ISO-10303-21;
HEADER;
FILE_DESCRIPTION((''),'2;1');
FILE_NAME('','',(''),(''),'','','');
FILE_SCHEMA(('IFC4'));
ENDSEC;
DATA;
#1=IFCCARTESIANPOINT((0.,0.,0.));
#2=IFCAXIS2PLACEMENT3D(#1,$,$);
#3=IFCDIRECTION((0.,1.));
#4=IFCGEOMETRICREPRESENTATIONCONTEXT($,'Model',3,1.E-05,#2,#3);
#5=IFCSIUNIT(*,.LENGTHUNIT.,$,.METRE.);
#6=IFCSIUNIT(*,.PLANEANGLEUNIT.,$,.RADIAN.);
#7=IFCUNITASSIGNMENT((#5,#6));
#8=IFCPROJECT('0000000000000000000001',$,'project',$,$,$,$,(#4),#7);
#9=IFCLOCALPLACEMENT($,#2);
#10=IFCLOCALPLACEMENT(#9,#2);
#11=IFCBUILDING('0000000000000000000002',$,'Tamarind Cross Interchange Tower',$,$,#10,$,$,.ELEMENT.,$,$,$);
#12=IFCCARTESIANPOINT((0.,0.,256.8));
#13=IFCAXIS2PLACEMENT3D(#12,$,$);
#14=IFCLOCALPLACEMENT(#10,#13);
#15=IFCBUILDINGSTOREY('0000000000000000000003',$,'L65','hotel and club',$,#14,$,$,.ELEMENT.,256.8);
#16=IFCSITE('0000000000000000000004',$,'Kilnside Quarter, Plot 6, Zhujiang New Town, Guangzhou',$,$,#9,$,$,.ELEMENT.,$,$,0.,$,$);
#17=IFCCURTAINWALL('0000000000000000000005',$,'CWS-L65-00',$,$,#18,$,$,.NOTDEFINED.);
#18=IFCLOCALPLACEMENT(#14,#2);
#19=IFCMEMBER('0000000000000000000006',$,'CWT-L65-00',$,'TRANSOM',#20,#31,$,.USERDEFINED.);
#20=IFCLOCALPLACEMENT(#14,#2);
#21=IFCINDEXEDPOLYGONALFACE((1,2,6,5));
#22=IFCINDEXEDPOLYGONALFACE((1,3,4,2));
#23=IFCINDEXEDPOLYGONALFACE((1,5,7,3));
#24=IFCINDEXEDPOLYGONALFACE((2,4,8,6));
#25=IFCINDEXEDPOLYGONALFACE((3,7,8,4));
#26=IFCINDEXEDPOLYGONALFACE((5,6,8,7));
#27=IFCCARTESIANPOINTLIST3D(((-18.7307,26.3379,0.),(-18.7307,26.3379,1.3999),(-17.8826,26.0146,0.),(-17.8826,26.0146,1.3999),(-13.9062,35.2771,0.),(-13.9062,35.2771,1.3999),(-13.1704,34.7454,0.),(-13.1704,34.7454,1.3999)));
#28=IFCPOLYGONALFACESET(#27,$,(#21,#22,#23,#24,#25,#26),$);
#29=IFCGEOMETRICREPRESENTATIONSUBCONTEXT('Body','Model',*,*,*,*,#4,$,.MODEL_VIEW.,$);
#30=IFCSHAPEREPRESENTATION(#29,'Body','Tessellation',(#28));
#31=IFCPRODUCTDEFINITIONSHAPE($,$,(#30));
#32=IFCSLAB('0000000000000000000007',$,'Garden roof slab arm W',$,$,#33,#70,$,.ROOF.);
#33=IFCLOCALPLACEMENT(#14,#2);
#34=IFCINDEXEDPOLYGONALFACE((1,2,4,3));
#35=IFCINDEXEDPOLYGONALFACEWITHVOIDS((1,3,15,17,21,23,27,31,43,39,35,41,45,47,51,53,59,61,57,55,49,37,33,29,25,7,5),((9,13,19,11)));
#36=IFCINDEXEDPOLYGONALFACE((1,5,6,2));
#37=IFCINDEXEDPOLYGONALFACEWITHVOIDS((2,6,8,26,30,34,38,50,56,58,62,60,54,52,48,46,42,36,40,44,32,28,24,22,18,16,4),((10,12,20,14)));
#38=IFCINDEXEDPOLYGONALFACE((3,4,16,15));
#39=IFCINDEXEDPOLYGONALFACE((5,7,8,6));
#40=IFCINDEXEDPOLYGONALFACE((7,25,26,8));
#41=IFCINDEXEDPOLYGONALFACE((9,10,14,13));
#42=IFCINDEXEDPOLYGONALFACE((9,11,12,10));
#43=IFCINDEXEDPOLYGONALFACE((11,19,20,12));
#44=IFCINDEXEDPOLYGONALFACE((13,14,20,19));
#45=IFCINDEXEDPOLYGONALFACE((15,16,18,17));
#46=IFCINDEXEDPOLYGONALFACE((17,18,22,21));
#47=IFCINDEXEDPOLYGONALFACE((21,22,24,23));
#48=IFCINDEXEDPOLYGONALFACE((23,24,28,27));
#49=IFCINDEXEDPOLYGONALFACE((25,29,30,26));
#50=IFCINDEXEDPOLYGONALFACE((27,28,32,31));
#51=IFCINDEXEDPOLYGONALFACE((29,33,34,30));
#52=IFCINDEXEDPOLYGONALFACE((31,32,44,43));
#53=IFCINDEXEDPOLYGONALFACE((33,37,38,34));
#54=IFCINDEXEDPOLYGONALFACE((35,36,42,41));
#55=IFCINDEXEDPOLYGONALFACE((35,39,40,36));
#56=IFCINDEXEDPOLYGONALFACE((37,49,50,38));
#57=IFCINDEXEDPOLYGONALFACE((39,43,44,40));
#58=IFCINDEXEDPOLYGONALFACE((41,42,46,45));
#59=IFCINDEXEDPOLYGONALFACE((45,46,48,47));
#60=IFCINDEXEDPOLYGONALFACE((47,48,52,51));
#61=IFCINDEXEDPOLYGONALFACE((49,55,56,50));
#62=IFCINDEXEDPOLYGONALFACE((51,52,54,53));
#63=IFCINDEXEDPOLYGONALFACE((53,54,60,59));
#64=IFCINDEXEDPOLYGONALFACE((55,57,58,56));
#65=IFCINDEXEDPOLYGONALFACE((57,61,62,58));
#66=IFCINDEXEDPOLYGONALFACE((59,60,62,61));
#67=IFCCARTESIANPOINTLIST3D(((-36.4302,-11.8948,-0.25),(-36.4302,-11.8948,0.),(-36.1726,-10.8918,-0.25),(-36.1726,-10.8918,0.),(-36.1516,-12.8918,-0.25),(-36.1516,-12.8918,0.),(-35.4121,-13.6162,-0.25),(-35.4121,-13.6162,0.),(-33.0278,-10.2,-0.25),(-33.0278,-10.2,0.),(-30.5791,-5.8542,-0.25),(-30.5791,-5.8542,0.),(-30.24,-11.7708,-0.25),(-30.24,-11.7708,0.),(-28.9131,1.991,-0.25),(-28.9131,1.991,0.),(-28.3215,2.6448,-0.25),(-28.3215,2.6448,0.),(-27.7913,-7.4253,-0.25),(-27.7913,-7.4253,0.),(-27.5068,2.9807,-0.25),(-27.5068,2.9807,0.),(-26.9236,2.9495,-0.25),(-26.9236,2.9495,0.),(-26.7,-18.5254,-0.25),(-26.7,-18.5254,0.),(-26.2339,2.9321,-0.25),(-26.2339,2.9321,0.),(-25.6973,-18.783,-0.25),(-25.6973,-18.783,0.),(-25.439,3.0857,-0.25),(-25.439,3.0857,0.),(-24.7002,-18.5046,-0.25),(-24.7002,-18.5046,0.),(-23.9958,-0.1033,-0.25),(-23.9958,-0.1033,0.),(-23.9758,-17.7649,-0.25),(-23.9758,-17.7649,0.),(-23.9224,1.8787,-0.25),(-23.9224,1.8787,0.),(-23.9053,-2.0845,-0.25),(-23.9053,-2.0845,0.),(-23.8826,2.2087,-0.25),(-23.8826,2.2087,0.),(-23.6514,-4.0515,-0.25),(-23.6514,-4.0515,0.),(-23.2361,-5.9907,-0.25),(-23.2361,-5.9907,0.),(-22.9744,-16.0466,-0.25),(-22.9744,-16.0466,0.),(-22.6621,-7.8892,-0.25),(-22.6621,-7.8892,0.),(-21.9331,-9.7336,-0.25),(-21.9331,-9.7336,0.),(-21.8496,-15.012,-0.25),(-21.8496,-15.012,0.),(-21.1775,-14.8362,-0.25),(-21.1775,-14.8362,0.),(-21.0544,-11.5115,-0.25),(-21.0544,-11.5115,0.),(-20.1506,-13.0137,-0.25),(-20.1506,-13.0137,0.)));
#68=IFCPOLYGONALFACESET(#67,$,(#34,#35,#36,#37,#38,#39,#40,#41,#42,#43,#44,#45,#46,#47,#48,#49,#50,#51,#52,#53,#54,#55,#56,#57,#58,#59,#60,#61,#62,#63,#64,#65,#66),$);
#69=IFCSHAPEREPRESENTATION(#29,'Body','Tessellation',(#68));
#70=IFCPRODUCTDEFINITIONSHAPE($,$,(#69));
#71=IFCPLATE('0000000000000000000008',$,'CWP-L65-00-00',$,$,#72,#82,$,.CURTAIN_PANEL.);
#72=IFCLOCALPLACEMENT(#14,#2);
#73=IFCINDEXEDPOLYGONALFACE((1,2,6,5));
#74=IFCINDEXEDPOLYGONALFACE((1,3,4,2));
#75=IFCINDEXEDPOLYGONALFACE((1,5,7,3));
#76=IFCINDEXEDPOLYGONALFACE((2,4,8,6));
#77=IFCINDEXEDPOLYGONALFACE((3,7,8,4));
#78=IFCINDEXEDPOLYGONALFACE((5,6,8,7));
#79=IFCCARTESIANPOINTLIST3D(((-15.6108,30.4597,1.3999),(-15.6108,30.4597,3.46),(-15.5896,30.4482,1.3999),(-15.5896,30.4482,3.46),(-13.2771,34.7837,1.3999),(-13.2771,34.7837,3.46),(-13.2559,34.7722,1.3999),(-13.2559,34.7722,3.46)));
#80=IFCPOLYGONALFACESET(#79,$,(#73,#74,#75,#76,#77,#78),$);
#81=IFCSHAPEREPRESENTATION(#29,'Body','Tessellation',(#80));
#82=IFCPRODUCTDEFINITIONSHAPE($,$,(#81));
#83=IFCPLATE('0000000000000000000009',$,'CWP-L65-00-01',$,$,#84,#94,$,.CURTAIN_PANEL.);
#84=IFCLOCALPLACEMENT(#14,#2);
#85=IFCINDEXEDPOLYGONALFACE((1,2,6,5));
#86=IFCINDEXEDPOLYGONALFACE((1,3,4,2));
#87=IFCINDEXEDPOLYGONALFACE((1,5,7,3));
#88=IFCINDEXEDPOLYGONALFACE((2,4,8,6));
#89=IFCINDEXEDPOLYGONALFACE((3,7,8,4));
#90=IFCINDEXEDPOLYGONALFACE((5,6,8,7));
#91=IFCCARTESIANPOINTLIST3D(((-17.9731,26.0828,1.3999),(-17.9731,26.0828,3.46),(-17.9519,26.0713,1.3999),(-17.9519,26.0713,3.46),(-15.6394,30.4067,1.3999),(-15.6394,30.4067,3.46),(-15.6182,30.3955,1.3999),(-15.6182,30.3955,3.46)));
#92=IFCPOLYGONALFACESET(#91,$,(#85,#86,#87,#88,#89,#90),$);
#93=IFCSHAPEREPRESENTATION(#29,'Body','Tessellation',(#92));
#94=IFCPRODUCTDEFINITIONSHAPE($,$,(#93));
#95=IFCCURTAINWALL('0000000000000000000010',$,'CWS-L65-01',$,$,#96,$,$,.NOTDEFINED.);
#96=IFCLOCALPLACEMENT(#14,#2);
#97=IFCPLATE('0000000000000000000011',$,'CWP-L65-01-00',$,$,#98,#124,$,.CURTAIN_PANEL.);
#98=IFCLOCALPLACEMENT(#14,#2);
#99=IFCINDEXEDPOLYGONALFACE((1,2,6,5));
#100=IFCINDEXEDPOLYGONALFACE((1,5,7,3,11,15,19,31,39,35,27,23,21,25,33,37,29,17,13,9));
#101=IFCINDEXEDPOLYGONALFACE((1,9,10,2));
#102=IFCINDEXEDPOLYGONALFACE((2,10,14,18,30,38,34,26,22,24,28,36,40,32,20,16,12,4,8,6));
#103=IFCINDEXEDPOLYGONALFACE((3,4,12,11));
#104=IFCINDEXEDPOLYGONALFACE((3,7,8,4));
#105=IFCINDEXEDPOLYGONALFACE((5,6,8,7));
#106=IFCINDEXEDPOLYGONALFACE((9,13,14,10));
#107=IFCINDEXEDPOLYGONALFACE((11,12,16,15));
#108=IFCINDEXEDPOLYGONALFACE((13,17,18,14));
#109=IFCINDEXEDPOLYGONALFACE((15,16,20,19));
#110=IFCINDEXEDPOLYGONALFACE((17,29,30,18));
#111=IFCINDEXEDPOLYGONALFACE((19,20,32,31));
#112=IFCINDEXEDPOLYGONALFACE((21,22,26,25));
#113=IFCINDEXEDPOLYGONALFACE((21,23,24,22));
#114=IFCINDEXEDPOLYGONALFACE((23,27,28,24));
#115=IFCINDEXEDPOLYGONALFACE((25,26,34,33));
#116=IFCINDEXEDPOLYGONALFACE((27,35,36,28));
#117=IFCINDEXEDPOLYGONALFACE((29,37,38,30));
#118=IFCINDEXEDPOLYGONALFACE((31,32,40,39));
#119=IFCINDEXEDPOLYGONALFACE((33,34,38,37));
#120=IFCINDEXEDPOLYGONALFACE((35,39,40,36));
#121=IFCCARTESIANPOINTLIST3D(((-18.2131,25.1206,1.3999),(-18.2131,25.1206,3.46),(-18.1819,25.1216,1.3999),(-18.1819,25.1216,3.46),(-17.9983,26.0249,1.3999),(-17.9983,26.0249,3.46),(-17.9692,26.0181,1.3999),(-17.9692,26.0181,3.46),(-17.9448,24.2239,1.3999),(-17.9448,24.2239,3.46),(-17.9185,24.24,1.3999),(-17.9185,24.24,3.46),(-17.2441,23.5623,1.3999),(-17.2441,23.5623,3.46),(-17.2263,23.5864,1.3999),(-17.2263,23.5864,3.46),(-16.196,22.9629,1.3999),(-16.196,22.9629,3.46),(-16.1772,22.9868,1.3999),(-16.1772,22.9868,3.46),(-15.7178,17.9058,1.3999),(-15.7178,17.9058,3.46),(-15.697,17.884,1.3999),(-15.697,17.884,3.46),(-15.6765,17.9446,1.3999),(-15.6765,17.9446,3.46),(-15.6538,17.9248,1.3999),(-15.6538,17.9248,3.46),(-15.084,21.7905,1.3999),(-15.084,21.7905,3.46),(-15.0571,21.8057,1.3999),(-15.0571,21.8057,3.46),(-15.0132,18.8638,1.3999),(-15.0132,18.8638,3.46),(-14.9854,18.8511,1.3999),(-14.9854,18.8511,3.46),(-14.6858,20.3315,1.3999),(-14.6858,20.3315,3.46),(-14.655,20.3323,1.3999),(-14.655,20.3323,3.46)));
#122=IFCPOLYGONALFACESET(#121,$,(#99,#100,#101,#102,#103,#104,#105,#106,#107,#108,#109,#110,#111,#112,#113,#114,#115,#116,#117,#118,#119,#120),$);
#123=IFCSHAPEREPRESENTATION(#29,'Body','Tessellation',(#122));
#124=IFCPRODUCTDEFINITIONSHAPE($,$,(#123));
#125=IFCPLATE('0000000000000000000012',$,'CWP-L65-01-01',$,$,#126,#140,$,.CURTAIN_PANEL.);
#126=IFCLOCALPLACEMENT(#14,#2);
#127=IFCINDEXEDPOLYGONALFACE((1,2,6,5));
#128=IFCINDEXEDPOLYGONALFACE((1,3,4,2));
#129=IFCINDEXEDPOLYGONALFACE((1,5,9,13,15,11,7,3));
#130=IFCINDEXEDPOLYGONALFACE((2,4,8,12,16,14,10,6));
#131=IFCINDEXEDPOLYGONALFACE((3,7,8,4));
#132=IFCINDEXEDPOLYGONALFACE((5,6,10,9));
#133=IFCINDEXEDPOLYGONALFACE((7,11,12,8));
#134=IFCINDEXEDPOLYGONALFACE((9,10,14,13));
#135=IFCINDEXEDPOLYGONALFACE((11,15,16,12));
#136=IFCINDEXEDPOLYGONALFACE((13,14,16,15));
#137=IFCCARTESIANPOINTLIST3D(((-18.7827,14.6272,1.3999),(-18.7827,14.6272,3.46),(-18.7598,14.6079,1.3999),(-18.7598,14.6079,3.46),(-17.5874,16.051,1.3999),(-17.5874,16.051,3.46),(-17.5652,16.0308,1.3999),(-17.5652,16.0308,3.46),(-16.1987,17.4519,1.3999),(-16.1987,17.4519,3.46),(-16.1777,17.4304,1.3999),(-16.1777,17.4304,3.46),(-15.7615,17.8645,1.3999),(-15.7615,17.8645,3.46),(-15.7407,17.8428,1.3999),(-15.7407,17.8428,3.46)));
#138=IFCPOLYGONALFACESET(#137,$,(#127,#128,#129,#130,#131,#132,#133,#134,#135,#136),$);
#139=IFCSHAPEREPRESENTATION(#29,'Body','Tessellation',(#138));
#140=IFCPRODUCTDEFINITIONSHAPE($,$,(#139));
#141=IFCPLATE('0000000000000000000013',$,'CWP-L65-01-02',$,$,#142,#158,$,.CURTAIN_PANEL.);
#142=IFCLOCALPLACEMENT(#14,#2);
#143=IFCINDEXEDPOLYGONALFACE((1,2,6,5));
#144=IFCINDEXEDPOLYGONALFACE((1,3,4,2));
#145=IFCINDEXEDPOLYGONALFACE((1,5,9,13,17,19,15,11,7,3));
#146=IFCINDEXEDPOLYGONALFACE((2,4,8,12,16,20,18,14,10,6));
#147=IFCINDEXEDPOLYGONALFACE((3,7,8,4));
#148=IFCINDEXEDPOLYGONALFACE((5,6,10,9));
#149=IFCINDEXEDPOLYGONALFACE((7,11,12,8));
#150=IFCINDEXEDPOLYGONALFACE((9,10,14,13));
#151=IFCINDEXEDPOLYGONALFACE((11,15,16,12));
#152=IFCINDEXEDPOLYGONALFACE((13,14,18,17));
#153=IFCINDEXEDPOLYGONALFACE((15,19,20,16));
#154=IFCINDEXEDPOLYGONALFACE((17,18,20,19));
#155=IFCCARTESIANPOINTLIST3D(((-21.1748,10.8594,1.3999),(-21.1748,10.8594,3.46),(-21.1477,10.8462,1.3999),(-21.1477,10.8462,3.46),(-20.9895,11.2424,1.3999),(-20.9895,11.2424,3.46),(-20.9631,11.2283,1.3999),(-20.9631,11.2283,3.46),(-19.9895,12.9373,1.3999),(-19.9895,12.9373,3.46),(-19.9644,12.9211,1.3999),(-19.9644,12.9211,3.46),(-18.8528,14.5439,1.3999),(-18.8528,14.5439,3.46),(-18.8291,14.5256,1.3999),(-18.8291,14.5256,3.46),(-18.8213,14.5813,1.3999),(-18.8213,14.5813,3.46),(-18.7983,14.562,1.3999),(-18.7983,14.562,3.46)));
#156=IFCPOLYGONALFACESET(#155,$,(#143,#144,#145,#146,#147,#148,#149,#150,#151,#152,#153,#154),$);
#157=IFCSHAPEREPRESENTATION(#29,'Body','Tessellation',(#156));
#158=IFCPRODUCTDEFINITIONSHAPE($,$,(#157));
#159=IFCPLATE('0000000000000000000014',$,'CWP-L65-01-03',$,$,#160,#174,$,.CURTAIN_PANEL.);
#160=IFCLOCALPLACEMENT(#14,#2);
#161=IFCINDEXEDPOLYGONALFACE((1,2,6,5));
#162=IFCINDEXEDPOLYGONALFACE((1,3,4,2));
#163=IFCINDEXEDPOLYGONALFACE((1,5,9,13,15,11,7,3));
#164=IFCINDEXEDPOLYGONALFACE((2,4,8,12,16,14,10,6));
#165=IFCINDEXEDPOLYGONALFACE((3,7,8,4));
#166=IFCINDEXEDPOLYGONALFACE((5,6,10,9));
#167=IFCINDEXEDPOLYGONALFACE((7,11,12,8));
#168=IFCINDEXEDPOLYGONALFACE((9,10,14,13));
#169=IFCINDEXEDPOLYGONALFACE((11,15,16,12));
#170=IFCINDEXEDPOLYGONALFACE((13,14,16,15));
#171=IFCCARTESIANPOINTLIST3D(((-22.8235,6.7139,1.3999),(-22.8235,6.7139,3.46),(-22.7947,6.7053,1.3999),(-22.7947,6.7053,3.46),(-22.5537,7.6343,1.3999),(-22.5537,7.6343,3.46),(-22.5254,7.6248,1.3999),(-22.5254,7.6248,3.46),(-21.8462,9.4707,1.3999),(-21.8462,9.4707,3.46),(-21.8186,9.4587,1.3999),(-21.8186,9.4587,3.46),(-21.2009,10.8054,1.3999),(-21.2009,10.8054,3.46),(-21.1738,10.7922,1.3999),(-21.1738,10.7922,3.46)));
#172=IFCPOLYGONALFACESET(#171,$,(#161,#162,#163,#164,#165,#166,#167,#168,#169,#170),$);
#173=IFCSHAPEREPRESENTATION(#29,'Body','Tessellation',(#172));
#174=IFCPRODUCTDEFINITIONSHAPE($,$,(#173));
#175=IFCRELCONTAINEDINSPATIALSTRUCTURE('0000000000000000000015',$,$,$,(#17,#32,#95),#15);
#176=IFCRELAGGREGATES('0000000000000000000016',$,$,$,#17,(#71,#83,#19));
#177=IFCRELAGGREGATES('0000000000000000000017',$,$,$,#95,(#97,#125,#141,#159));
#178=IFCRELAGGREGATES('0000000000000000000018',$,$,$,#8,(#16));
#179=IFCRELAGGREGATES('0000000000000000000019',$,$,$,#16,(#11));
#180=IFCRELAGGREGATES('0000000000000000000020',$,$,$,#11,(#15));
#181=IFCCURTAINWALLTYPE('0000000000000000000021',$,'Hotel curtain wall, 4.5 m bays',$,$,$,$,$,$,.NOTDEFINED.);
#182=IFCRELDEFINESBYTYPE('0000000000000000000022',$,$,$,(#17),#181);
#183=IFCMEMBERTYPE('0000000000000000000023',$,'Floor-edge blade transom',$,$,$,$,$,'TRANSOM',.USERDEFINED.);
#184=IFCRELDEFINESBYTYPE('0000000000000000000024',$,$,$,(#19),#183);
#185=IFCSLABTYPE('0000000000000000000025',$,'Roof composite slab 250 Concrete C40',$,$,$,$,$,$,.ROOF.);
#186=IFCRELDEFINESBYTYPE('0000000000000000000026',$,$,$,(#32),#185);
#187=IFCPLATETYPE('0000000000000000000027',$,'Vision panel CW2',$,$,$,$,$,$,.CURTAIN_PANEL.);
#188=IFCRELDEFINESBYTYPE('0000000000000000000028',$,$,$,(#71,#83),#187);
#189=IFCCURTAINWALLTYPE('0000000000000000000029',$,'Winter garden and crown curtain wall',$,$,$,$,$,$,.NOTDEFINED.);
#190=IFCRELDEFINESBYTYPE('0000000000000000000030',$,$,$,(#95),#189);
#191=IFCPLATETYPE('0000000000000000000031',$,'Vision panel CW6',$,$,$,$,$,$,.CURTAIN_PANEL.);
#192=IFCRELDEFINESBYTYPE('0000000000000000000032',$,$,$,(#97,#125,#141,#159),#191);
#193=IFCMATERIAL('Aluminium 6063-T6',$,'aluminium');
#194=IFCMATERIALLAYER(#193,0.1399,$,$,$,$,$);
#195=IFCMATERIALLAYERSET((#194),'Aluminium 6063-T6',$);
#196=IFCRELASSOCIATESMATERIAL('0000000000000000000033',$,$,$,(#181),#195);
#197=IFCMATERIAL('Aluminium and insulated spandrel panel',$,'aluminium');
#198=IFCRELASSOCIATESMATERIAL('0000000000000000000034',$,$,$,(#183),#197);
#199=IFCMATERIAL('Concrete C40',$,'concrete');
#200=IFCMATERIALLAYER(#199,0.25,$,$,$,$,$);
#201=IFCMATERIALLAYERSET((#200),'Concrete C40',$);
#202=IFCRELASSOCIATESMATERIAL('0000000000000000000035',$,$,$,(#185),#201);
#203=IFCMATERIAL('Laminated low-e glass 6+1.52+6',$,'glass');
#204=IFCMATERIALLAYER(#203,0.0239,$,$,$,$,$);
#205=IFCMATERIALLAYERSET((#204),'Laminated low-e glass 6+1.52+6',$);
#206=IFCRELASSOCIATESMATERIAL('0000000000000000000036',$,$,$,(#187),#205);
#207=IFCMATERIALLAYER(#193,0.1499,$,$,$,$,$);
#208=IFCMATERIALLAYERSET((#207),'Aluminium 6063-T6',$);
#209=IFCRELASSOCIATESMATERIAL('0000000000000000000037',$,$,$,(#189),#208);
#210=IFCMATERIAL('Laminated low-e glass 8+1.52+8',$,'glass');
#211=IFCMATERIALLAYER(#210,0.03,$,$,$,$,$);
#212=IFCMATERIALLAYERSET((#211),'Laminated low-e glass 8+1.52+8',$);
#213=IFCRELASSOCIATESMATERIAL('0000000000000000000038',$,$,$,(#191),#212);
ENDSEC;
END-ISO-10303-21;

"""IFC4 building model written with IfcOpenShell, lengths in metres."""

from ifc_helpers import new_model, si_unit, direction, frame, origin, place, context, subcontext, project, spatial, polyline, outline, extrude, material, layer, layer_set, type_object, element, aggregate, save


model = new_model("IFC4")

# Units and contexts
model_context = context("Model", 3, precision=1e-05, world=origin(), true_north=direction((0.0, 1.0)))
body_context = subcontext(model_context, "Body", "Model", "MODEL_VIEW")
ifc_project = project(units=[si_unit("LENGTHUNIT", "METRE"), si_unit("PLANEANGLEUNIT", "RADIAN")], contexts=[model_context])

# Site, building, storey
site_placement = place(None, origin())
site = spatial("IfcSite", under=ifc_project, at=site_placement, Name="Kilnside Quarter, Plot 6, Zhujiang New Town, Guangzhou", CompositionType="ELEMENT", RefElevation=0.0)
building_placement = place(site_placement, origin())
building = spatial("IfcBuilding", under=site, at=building_placement, Name="Tamarind Cross Interchange Tower", CompositionType="ELEMENT")
storey_placement = place(building_placement, frame((0.0, 0.0, 256.8)))
storey = spatial("IfcBuildingStorey", under=building, at=storey_placement, Name="L65", Description="hotel and club", CompositionType="ELEMENT", Elevation=256.8)

# Curtain wall, member
ifc_material_1 = material(Name="Aluminium 6063-T6", Category="aluminium")
ifc_layer_1 = layer(ifc_material_1, 0.1399)
ifc_layer_set_1 = layer_set([ifc_layer_1], Name="Aluminium 6063-T6")
curtain_wall_type_1 = type_object("IfcCurtainWallType", Name="Hotel curtain wall, 4.5 m bays", PredefinedType="NOTDEFINED", material=ifc_layer_set_1)
curtain_wall_1_placement = place(storey_placement, origin())
curtain_wall_1 = element("IfcCurtainWall", 1, at=curtain_wall_1_placement, inside=storey, type_object=curtain_wall_type_1, Name="CWS-L65-00", PredefinedType="NOTDEFINED")
ifc_material_2 = material(Name="Aluminium and insulated spandrel panel", Category="aluminium")
member_type = type_object("IfcMemberType", Name="Floor-edge blade transom", ElementType="TRANSOM", PredefinedType="USERDEFINED", material=ifc_material_2)
member_placement = place(storey_placement, origin())
member = element("IfcMember", 2, at=member_placement, type_object=member_type, Name="CWT-L65-00", ObjectType="TRANSOM", PredefinedType="USERDEFINED", context=body_context, shape_type="SweptSolid", body=[
    extrude(outline(polyline([(-13.1704, 34.7454), (-17.8826, 26.0146), (-18.7307, 26.3379), (-13.9062, 35.2771), (-13.1704, 34.7454)])), origin(), (0.0, 0.0, 1.0), 1.3999),
])

# Slab
ifc_material_3 = material(Name="Concrete C40", Category="concrete")
ifc_layer_2 = layer(ifc_material_3, 0.25)
ifc_layer_set_2 = layer_set([ifc_layer_2], Name="Concrete C40")
slab_type = type_object("IfcSlabType", Name="Roof composite slab 250 Concrete C40", PredefinedType="ROOF", material=ifc_layer_set_2)
slab_placement = place(storey_placement, frame((0.0, 0.0, -0.25)))
element("IfcSlab", 3, at=slab_placement, inside=storey, type_object=slab_type, Name="Garden roof slab arm W", PredefinedType="ROOF", context=body_context, shape_type="SweptSolid", body=[
    extrude(outline(polyline([(-23.9224, 1.8787), (-23.8826, 2.2087), (-25.439, 3.0857), (-26.2339, 2.9321), (-26.9236, 2.9495), (-27.5068, 2.9807), (-28.3215, 2.6448), (-28.9131, 1.991), (-36.1726, -10.8918), (-36.4302, -11.8948), (-36.1516, -12.8918), (-35.4121, -13.6162), (-26.7, -18.5254), (-25.6973, -18.783), (-24.7002, -18.5046), (-23.9758, -17.7649), (-22.9744, -16.0466), (-21.8496, -15.012), (-21.1775, -14.8362), (-20.1506, -13.0137), (-21.0544, -11.5115), (-21.9331, -9.7336), (-22.6621, -7.8892), (-23.2361, -5.9907), (-23.6514, -4.0515), (-23.9053, -2.0845), (-23.9958, -0.1033), (-23.9224, 1.8787)]), holes=[polyline([(-33.0278, -10.2), (-30.5791, -5.8542), (-27.7913, -7.4253), (-30.24, -11.7708), (-33.0278, -10.2)])]), origin(), (0.0, 0.0, 1.0), 0.25),
])

# Plates
ifc_material_4 = material(Name="Laminated low-e glass 6+1.52+6", Category="glass")
ifc_layer_3 = layer(ifc_material_4, 0.0239)
ifc_layer_set_3 = layer_set([ifc_layer_3], Name="Laminated low-e glass 6+1.52+6")
plate_type_1 = type_object("IfcPlateType", Name="Vision panel CW2", PredefinedType="CURTAIN_PANEL", material=ifc_layer_set_3)
plate_1_placement = place(storey_placement, frame((0.0, 0.0, 1.3999)))
plate_1 = element("IfcPlate", 4, at=plate_1_placement, type_object=plate_type_1, Name="CWP-L65-00-00", PredefinedType="CURTAIN_PANEL", context=body_context, shape_type="SweptSolid", body=[
    extrude(outline(polyline([(-13.2559, 34.7722), (-15.5896, 30.4482), (-15.6108, 30.4597), (-13.2771, 34.7837), (-13.2559, 34.7722)])), origin(), (0.0, 0.0, 1.0), 2.0601),
])
plate_2_placement = place(storey_placement, frame((0.0, 0.0, 1.3999)))
plate_2 = element("IfcPlate", 5, at=plate_2_placement, type_object=plate_type_1, Name="CWP-L65-00-01", PredefinedType="CURTAIN_PANEL", context=body_context, shape_type="SweptSolid", body=[
    extrude(outline(polyline([(-15.6182, 30.3955), (-17.9519, 26.0713), (-17.9731, 26.0828), (-15.6394, 30.4067), (-15.6182, 30.3955)])), origin(), (0.0, 0.0, 1.0), 2.0601),
])
aggregate(curtain_wall_1, [plate_1, plate_2, member])

# Curtain wall, plates
ifc_layer_4 = layer(ifc_material_1, 0.1499)
ifc_layer_set_4 = layer_set([ifc_layer_4], Name="Aluminium 6063-T6")
curtain_wall_type_2 = type_object("IfcCurtainWallType", Name="Winter garden and crown curtain wall", PredefinedType="NOTDEFINED", material=ifc_layer_set_4)
curtain_wall_2_placement = place(storey_placement, origin())
curtain_wall_2 = element("IfcCurtainWall", 6, at=curtain_wall_2_placement, inside=storey, type_object=curtain_wall_type_2, Name="CWS-L65-01", PredefinedType="NOTDEFINED")
ifc_material_5 = material(Name="Laminated low-e glass 8+1.52+8", Category="glass")
ifc_layer_5 = layer(ifc_material_5, 0.03)
ifc_layer_set_5 = layer_set([ifc_layer_5], Name="Laminated low-e glass 8+1.52+8")
plate_type_2 = type_object("IfcPlateType", Name="Vision panel CW6", PredefinedType="CURTAIN_PANEL", material=ifc_layer_set_5)
plate_3_placement = place(storey_placement, frame((0.0, 0.0, 1.3999)))
plate_3 = element("IfcPlate", 7, at=plate_3_placement, type_object=plate_type_2, Name="CWP-L65-01-00", PredefinedType="CURTAIN_PANEL", context=body_context, shape_type="SweptSolid", body=[
    extrude(outline(polyline([(-17.9692, 26.0181), (-18.1819, 25.1216), (-17.9185, 24.24), (-17.2263, 23.5864), (-16.1772, 22.9868), (-15.0571, 21.8057), (-14.655, 20.3323), (-14.9854, 18.8511), (-15.6538, 17.9248), (-15.697, 17.884), (-15.7178, 17.9058), (-15.6765, 17.9446), (-15.0132, 18.8638), (-14.6858, 20.3315), (-15.084, 21.7905), (-16.196, 22.9629), (-17.2441, 23.5623), (-17.9448, 24.2239), (-18.2131, 25.1206), (-17.9983, 26.0249), (-17.9692, 26.0181)])), origin(), (0.0, 0.0, 1.0), 2.0601),
])
plate_4_placement = place(storey_placement, frame((0.0, 0.0, 1.3999)))
plate_4 = element("IfcPlate", 8, at=plate_4_placement, type_object=plate_type_2, Name="CWP-L65-01-01", PredefinedType="CURTAIN_PANEL", context=body_context, shape_type="SweptSolid", body=[
    extrude(outline(polyline([(-15.7407, 17.8428), (-16.1777, 17.4304), (-17.5652, 16.0308), (-18.7598, 14.6079), (-18.7827, 14.6272), (-17.5874, 16.051), (-16.1987, 17.4519), (-15.7615, 17.8645), (-15.7407, 17.8428)])), origin(), (0.0, 0.0, 1.0), 2.0601),
])
plate_5_placement = place(storey_placement, frame((0.0, 0.0, 1.3999)))
plate_5 = element("IfcPlate", 9, at=plate_5_placement, type_object=plate_type_2, Name="CWP-L65-01-02", PredefinedType="CURTAIN_PANEL", context=body_context, shape_type="SweptSolid", body=[
    extrude(outline(polyline([(-18.7983, 14.562), (-18.8291, 14.5256), (-19.9644, 12.9211), (-20.9631, 11.2283), (-21.1477, 10.8462), (-21.1748, 10.8594), (-20.9895, 11.2424), (-19.9895, 12.9373), (-18.8528, 14.5439), (-18.8213, 14.5813), (-18.7983, 14.562)])), origin(), (0.0, 0.0, 1.0), 2.0601),
])
plate_6_placement = place(storey_placement, frame((0.0, 0.0, 1.3999)))
plate_6 = element("IfcPlate", 10, at=plate_6_placement, type_object=plate_type_2, Name="CWP-L65-01-03", PredefinedType="CURTAIN_PANEL", context=body_context, shape_type="SweptSolid", body=[
    extrude(outline(polyline([(-21.1738, 10.7922), (-21.8186, 9.4587), (-22.5254, 7.6248), (-22.7947, 6.7053), (-22.8235, 6.7139), (-22.5537, 7.6343), (-21.8462, 9.4707), (-21.2009, 10.8054), (-21.1738, 10.7922)])), origin(), (0.0, 0.0, 1.0), 2.0601),
])
aggregate(curtain_wall_2, [plate_3, plate_4, plate_5, plate_6])

save(model, "model.ifc")
